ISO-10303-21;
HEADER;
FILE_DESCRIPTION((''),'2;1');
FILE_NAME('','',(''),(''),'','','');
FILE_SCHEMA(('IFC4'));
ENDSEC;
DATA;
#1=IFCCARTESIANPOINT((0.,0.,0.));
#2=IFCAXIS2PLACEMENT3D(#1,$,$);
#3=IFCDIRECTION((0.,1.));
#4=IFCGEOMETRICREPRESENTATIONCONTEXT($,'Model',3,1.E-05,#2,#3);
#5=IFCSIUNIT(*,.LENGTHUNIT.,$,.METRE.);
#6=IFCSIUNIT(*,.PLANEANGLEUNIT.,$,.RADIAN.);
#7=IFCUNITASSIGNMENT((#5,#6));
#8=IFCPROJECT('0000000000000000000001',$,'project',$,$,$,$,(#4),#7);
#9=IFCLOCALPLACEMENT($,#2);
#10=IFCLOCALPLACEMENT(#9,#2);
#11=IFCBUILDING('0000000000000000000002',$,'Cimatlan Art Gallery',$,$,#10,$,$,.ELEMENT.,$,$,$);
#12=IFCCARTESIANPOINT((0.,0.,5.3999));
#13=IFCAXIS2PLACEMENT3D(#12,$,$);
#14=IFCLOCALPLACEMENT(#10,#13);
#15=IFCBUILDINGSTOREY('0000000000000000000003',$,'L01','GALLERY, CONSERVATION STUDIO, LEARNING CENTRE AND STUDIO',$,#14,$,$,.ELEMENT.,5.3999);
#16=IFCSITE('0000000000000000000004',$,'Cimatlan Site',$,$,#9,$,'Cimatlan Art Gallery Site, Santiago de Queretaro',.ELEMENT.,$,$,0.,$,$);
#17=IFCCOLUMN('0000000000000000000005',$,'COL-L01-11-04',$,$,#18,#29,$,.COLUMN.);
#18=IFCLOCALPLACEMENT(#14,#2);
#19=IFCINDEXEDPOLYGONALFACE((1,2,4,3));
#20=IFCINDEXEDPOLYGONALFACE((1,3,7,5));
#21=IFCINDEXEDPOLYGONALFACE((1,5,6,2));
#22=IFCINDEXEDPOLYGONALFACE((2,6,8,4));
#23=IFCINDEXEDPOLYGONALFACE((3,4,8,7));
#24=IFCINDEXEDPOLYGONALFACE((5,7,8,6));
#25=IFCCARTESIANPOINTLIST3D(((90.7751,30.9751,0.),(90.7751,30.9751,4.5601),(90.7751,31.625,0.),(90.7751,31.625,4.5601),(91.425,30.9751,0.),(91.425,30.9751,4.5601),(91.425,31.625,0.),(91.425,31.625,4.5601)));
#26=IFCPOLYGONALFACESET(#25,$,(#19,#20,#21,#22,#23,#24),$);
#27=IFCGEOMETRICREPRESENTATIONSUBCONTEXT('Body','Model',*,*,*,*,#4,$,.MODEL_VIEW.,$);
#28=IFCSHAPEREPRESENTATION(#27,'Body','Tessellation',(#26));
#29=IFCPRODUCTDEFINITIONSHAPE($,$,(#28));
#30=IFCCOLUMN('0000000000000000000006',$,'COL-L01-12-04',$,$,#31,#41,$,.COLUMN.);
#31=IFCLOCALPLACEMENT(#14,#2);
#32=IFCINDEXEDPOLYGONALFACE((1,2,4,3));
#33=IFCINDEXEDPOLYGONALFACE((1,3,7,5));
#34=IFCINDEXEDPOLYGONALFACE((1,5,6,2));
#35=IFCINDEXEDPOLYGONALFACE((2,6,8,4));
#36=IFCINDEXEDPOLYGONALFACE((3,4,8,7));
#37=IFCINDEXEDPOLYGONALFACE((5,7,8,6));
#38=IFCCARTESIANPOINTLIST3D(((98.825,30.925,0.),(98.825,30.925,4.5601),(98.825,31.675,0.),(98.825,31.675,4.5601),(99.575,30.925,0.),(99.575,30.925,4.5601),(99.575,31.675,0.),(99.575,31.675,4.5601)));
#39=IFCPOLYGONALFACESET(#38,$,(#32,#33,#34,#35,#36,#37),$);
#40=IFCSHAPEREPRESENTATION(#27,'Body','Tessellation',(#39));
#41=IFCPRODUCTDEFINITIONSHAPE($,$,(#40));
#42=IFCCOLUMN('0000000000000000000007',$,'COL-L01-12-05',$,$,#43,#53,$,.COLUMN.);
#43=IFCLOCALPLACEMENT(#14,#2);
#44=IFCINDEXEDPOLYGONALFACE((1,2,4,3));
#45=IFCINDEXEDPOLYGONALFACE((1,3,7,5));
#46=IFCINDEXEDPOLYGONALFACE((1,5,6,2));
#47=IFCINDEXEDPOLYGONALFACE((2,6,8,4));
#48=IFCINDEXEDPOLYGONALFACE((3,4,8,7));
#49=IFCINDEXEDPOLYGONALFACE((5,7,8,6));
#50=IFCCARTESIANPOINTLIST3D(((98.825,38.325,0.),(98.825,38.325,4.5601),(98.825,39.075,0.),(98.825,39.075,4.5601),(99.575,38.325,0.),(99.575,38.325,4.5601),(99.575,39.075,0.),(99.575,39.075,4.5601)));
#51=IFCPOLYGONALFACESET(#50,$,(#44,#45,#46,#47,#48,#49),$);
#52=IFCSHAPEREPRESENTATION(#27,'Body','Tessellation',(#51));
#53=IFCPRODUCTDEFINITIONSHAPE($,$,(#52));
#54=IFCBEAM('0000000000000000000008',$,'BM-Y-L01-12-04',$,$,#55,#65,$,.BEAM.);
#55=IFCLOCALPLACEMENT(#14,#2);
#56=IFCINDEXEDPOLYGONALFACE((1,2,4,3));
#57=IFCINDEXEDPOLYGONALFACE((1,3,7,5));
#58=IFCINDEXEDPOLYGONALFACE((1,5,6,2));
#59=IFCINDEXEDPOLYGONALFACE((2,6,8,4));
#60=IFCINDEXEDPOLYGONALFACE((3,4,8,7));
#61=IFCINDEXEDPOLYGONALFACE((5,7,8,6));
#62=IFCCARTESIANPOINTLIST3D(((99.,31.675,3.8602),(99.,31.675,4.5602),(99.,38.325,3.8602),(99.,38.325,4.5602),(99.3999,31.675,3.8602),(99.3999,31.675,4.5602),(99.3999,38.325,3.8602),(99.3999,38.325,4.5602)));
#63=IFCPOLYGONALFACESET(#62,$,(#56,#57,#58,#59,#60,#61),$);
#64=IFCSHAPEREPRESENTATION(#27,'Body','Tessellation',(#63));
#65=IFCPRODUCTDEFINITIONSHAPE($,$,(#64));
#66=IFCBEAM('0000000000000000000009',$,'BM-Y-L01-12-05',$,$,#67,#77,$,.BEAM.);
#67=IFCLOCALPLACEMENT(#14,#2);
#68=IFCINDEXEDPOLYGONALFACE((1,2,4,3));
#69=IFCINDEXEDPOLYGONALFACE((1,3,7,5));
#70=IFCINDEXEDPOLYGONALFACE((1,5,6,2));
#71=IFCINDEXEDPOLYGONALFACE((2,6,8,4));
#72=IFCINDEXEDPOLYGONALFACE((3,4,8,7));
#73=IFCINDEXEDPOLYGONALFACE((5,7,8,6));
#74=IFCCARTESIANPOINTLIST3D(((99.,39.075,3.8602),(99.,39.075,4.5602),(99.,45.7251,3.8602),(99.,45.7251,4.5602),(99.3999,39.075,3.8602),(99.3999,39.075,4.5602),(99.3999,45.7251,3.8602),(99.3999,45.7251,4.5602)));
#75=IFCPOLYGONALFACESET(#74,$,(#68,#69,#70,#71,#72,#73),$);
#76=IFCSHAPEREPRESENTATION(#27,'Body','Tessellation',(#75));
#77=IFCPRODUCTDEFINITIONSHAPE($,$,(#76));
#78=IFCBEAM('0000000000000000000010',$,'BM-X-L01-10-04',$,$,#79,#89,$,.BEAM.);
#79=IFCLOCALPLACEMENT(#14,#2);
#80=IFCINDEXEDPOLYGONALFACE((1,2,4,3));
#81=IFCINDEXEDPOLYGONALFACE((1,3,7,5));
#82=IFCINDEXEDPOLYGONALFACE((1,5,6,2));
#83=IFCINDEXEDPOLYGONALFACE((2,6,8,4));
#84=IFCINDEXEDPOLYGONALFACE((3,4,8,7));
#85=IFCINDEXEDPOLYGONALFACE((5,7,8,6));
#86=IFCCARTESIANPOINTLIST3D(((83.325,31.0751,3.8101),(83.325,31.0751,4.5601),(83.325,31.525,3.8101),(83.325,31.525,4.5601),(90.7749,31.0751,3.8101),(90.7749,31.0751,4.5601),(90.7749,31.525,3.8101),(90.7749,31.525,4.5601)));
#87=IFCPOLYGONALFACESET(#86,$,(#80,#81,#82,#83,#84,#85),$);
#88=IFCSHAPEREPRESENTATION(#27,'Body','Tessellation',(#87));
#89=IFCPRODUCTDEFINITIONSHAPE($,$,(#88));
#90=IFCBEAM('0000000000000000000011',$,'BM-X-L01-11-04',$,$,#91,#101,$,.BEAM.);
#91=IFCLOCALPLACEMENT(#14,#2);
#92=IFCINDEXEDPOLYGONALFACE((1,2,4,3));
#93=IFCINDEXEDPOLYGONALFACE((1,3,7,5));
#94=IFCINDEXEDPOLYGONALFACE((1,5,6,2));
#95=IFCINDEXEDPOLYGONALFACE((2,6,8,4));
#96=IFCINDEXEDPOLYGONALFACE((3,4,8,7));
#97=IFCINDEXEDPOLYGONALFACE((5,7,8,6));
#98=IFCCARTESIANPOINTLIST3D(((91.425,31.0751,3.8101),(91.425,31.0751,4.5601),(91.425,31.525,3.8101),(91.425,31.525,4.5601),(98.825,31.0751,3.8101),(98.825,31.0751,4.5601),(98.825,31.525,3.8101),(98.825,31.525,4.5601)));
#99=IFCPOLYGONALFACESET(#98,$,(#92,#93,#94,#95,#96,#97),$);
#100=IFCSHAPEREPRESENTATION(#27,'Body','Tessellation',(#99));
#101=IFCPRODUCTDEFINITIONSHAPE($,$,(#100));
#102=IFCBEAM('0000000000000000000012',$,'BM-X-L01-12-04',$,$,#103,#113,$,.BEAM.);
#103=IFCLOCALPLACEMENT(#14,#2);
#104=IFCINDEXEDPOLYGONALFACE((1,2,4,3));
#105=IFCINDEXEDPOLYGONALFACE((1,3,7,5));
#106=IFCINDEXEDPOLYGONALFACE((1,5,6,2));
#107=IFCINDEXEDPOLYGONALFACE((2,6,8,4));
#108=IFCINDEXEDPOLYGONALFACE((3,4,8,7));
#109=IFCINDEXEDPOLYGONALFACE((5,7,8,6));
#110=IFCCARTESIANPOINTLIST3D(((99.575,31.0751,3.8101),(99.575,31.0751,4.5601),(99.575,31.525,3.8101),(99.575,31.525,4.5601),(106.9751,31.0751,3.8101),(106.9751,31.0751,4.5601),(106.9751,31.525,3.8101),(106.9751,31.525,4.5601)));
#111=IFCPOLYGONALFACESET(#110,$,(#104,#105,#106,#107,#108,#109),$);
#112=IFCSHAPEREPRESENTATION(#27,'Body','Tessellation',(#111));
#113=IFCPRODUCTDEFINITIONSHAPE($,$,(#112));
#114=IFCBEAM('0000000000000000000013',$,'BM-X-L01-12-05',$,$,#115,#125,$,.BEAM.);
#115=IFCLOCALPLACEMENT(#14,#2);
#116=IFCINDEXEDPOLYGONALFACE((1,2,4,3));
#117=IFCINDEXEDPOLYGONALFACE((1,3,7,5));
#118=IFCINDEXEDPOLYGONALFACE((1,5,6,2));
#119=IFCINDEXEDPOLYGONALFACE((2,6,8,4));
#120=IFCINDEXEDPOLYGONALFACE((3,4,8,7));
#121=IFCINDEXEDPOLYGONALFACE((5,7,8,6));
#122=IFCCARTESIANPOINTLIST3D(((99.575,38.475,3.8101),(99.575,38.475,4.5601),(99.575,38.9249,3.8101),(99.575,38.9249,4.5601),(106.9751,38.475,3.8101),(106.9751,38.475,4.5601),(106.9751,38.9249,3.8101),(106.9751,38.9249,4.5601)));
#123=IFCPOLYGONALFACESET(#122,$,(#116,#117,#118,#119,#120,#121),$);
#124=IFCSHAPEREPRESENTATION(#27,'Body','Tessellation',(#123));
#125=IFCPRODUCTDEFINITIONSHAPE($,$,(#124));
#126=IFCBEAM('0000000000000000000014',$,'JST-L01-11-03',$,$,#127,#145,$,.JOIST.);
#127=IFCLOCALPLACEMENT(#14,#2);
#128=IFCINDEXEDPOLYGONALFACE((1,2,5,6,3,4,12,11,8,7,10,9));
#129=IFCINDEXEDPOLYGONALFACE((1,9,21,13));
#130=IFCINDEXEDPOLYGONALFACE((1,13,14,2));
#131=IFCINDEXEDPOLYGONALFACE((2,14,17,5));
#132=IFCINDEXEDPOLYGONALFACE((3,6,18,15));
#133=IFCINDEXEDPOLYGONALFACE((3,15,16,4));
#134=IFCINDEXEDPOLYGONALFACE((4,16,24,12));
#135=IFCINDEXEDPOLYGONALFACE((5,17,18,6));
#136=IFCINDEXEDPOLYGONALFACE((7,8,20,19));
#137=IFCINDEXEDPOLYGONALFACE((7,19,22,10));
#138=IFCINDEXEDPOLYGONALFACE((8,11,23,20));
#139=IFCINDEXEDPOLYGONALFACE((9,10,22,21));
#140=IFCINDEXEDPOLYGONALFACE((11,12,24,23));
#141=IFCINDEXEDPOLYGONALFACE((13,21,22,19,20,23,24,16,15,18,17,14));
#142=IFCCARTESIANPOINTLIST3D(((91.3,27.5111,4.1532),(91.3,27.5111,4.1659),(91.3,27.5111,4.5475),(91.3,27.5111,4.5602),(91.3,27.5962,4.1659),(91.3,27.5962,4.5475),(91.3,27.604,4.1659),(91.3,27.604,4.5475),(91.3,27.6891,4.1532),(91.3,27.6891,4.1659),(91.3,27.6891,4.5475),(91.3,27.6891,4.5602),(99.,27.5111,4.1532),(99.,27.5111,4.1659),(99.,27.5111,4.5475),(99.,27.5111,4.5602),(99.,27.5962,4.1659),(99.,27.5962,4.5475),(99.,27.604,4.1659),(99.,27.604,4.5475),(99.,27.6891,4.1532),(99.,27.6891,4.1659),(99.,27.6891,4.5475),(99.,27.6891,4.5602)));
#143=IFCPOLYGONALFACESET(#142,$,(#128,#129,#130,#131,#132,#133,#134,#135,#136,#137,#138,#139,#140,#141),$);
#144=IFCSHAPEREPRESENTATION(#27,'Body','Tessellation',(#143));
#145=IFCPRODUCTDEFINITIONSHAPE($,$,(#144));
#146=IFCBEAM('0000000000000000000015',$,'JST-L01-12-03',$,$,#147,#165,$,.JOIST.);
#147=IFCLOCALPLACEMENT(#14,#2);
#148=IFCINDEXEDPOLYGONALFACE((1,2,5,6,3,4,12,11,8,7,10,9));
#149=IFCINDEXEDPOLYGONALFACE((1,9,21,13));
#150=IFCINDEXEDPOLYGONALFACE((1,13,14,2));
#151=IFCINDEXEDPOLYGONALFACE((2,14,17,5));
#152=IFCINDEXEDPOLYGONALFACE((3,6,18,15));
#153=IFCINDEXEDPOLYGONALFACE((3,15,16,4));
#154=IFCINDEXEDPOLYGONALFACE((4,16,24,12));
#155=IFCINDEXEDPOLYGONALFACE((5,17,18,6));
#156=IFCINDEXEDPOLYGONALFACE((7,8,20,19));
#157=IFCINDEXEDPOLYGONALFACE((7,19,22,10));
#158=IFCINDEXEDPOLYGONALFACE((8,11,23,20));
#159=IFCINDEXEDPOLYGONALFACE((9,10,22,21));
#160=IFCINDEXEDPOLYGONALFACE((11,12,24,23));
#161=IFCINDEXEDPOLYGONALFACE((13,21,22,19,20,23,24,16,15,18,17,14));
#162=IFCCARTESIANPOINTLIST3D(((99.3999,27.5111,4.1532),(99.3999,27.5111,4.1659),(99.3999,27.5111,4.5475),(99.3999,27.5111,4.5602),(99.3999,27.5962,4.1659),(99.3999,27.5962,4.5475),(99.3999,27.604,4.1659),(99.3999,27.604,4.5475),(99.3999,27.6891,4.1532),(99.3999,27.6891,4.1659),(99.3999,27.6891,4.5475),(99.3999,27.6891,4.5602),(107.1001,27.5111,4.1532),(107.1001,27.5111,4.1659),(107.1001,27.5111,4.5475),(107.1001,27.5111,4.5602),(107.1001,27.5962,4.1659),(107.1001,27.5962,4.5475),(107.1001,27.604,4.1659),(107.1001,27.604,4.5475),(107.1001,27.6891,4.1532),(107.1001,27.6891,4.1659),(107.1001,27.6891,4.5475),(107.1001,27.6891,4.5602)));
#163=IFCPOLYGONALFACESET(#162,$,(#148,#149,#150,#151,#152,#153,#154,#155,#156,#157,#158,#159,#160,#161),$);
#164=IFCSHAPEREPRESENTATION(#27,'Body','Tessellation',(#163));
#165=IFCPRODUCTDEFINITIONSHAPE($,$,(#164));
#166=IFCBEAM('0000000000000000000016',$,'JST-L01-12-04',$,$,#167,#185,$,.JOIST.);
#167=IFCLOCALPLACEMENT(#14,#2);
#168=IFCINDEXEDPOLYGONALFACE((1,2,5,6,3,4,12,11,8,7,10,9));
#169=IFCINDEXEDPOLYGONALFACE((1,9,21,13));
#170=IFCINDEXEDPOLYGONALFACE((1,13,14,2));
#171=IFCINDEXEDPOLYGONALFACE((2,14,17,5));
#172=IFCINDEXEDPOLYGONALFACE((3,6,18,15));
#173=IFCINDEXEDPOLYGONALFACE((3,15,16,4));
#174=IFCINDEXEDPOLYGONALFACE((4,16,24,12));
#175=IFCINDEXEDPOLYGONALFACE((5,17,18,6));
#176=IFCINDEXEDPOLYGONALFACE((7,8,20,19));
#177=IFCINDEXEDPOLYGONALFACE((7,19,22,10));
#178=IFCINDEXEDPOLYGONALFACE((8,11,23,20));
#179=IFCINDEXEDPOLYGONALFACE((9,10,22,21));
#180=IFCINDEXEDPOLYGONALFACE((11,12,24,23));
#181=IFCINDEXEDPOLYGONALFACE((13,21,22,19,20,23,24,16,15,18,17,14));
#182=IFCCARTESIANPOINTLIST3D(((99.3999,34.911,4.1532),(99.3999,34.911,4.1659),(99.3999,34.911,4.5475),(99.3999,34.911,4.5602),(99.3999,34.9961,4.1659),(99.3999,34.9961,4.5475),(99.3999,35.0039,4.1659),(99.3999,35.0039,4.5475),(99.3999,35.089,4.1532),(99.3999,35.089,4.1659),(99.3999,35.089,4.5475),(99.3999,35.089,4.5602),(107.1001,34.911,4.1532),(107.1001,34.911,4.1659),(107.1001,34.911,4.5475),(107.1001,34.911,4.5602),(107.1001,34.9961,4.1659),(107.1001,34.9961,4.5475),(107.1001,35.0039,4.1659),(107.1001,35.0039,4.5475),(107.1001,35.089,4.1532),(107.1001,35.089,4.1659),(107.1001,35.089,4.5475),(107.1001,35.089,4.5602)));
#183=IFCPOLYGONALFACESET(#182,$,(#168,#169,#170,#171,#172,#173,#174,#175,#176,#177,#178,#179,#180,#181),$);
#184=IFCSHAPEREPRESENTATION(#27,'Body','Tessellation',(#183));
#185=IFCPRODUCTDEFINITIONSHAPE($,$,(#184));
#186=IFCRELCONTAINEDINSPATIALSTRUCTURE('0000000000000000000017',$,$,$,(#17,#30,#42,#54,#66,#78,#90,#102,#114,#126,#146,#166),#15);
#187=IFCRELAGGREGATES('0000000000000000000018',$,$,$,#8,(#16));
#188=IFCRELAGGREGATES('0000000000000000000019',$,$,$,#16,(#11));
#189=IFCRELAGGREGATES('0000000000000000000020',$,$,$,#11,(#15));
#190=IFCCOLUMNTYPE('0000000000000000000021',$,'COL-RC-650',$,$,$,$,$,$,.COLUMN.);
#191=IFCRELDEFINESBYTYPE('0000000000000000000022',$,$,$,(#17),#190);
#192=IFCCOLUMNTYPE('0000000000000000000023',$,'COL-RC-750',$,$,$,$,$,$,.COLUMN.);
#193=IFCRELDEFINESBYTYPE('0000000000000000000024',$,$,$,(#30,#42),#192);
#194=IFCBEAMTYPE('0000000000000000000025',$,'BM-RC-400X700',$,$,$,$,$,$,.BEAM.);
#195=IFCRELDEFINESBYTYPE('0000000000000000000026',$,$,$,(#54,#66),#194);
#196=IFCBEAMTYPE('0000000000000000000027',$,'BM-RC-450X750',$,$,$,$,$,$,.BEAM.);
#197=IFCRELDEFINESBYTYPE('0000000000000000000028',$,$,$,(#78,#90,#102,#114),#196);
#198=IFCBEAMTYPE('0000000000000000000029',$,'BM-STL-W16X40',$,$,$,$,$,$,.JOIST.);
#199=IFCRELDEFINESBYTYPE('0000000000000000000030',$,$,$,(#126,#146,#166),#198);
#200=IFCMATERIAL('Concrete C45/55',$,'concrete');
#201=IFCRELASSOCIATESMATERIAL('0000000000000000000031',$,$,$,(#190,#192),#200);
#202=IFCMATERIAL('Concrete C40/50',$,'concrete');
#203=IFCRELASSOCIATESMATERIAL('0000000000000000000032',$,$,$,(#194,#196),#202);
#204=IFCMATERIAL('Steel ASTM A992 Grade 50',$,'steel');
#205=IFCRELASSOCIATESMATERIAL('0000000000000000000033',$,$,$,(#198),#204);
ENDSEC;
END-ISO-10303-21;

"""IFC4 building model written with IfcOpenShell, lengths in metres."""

from ifc_helpers import new_model, si_unit, direction, frame, origin, origin_2d, place, context, subcontext, project, spatial, rectangle, i_section, extrude, material, material_profile, profile_set, type_object, element, save


model = new_model("IFC4")

# Units and contexts
model_context = context("Model", 3, precision=1e-05, world=origin(), true_north=direction((0.0, 1.0)))
body_context = subcontext(model_context, "Body", "Model", "MODEL_VIEW")
ifc_project = project(units=[si_unit("LENGTHUNIT", "METRE"), si_unit("PLANEANGLEUNIT", "RADIAN")], contexts=[model_context])

# Site, building, storey
site_placement = place(None, origin())
site = spatial("IfcSite", under=ifc_project, at=site_placement, Name="Cimatlan Site", LongName="Cimatlan Art Gallery Site, Santiago de Queretaro", CompositionType="ELEMENT", RefElevation=0.0)
building_placement = place(site_placement, origin())
building = spatial("IfcBuilding", under=site, at=building_placement, Name="Cimatlan Art Gallery", CompositionType="ELEMENT")
storey_placement = place(building_placement, frame((0.0, 0.0, 5.3999)))
storey = spatial("IfcBuildingStorey", under=building, at=storey_placement, Name="L01", Description="GALLERY, CONSERVATION STUDIO, LEARNING CENTRE AND STUDIO", CompositionType="ELEMENT", Elevation=5.3999)

# Columns
ifc_material_1 = material(Name="Concrete C45/55", Category="concrete")
ifc_material_profile_1 = material_profile(ifc_material_1, rectangle(XDim=0.6499, YDim=0.6499, at=origin_2d()), Name="RC650X650")
ifc_profile_set_1 = profile_set([ifc_material_profile_1], Name="Concrete C45/55")
column_type_1 = type_object("IfcColumnType", Name="COL-RC-650", PredefinedType="COLUMN", material=ifc_profile_set_1)
column_placement = place(storey_placement, frame((91.1001, 31.3, 0.0), z_axis=(0.0, 0.0, 1.0), x_axis=(1.0, 0.0, 0.0)))
element("IfcColumn", 1, at=column_placement, inside=storey, type_object=column_type_1, Name="COL-L01-11-04", PredefinedType="COLUMN", context=body_context, shape_type="SweptSolid", body=[
    extrude(rectangle(XDim=0.6499, YDim=0.6499, at=origin_2d()), origin(), (0.0, 0.0, 1.0), 4.5601),
])
ifc_material_profile_2 = material_profile(ifc_material_1, rectangle(XDim=0.75, YDim=0.75, at=origin_2d()), Name="RC750X750")
ifc_profile_set_2 = profile_set([ifc_material_profile_2], Name="Concrete C45/55")
column_type_2 = type_object("IfcColumnType", Name="COL-RC-750", PredefinedType="COLUMN", material=ifc_profile_set_2)
for number, where, z_axis, x_axis, name in (
    (2, (99.2, 31.3, 0.0), (0.0, 0.0, 1.0), (1.0, 0.0, 0.0), "COL-L01-12-04"),
    (3, (99.2, 38.7, 0.0), (0.0, 0.0, 1.0), (1.0, 0.0, 0.0), "COL-L01-12-05"),
):
    element("IfcColumn", number, at=place(storey_placement, frame(where, z_axis=z_axis, x_axis=x_axis)), inside=storey, type_object=column_type_2, Name=name, PredefinedType="COLUMN", context=body_context, shape_type="SweptSolid", body=[
        extrude(rectangle(XDim=0.75, YDim=0.75, at=origin_2d()), origin(), (0.0, 0.0, 1.0), 4.5601),
    ])

# Beams
ifc_material_2 = material(Name="Concrete C40/50", Category="concrete")
ifc_material_profile_3 = material_profile(ifc_material_2, rectangle(XDim=0.3999, YDim=0.7, at=origin_2d()), Name="RC400X700")
ifc_profile_set_3 = profile_set([ifc_material_profile_3], Name="Concrete C40/50")
beam_type_1 = type_object("IfcBeamType", Name="BM-RC-400X700", PredefinedType="BEAM", material=ifc_profile_set_3)
beam_1_placement = place(storey_placement, frame((99.2, 31.675, 4.2102), z_axis=(0.0, 1.0, 0.0), x_axis=(-1.0, 0.0, 0.0)))
element("IfcBeam", 4, at=beam_1_placement, inside=storey, type_object=beam_type_1, Name="BM-Y-L01-12-04", PredefinedType="BEAM", context=body_context, shape_type="SweptSolid", body=[
    extrude(rectangle(XDim=0.3999, YDim=0.7, at=origin_2d()), origin(), (0.0, 0.0, 1.0), 6.6499),
])
beam_2_placement = place(storey_placement, frame((99.2, 39.075, 4.2102), z_axis=(0.0, 1.0, 0.0), x_axis=(-1.0, 0.0, 0.0)))
element("IfcBeam", 5, at=beam_2_placement, inside=storey, type_object=beam_type_1, Name="BM-Y-L01-12-05", PredefinedType="BEAM", context=body_context, shape_type="SweptSolid", body=[
    extrude(rectangle(XDim=0.3999, YDim=0.7, at=origin_2d()), origin(), (0.0, 0.0, 1.0), 6.6501),
])
ifc_material_profile_4 = material_profile(ifc_material_2, rectangle(XDim=0.45, YDim=0.75, at=origin_2d()), Name="RC450X750")
ifc_profile_set_4 = profile_set([ifc_material_profile_4], Name="Concrete C40/50")
beam_type_2 = type_object("IfcBeamType", Name="BM-RC-450X750", PredefinedType="BEAM", material=ifc_profile_set_4)
beam_3_placement = place(storey_placement, frame((83.325, 31.3, 4.1851), z_axis=(1.0, 0.0, 0.0), x_axis=(0.0, 1.0, 0.0)))
element("IfcBeam", 6, at=beam_3_placement, inside=storey, type_object=beam_type_2, Name="BM-X-L01-10-04", PredefinedType="BEAM", context=body_context, shape_type="SweptSolid", body=[
    extrude(rectangle(XDim=0.45, YDim=0.75, at=origin_2d()), origin(), (0.0, 0.0, 1.0), 7.45),
])
beam_4_placement = place(storey_placement, frame((91.425, 31.3, 4.1851), z_axis=(1.0, 0.0, 0.0), x_axis=(0.0, 1.0, 0.0)))
element("IfcBeam", 7, at=beam_4_placement, inside=storey, type_object=beam_type_2, Name="BM-X-L01-11-04", PredefinedType="BEAM", context=body_context, shape_type="SweptSolid", body=[
    extrude(rectangle(XDim=0.45, YDim=0.75, at=origin_2d()), origin(), (0.0, 0.0, 1.0), 7.3999),
])
for number, where, z_axis, x_axis, name in (
    (8, (99.575, 31.3, 4.1851), (1.0, 0.0, 0.0), (0.0, 1.0, 0.0), "BM-X-L01-12-04"),
    (9, (99.575, 38.7, 4.1851), (1.0, 0.0, 0.0), (0.0, 1.0, 0.0), "BM-X-L01-12-05"),
):
    element("IfcBeam", number, at=place(storey_placement, frame(where, z_axis=z_axis, x_axis=x_axis)), inside=storey, type_object=beam_type_2, Name=name, PredefinedType="BEAM", context=body_context, shape_type="SweptSolid", body=[
        extrude(rectangle(XDim=0.45, YDim=0.75, at=origin_2d()), origin(), (0.0, 0.0, 1.0), 7.4001),
    ])
ifc_material_3 = material(Name="Steel ASTM A992 Grade 50", Category="steel")
ifc_material_profile_5 = material_profile(ifc_material_3, i_section(OverallWidth=0.178, OverallDepth=0.407, WebThickness=0.0078, FlangeThickness=0.0127, at=origin_2d()), Name="W16X40")
ifc_profile_set_5 = profile_set([ifc_material_profile_5], Name="Steel ASTM A992 Grade 50")
beam_type_3 = type_object("IfcBeamType", Name="BM-STL-W16X40", PredefinedType="JOIST", material=ifc_profile_set_5)
beam_5_placement = place(storey_placement, frame((91.3, 27.6001, 4.3567), z_axis=(1.0, 0.0, 0.0), x_axis=(0.0, 1.0, 0.0)))
element("IfcBeam", 10, at=beam_5_placement, inside=storey, type_object=beam_type_3, Name="JST-L01-11-03", PredefinedType="JOIST", context=body_context, shape_type="SweptSolid", body=[
    extrude(i_section(OverallWidth=0.178, OverallDepth=0.407, WebThickness=0.0078, FlangeThickness=0.0127, at=origin_2d()), origin(), (0.0, 0.0, 1.0), 7.7),
])
for number, where, z_axis, x_axis, name in (
    (11, (99.3999, 27.6001, 4.3567), (1.0, 0.0, 0.0), (0.0, 1.0, 0.0), "JST-L01-12-03"),
    (12, (99.3999, 35.0, 4.3567), (1.0, 0.0, 0.0), (0.0, 1.0, 0.0), "JST-L01-12-04"),
):
    element("IfcBeam", number, at=place(storey_placement, frame(where, z_axis=z_axis, x_axis=x_axis)), inside=storey, type_object=beam_type_3, Name=name, PredefinedType="JOIST", context=body_context, shape_type="SweptSolid", body=[
        extrude(i_section(OverallWidth=0.178, OverallDepth=0.407, WebThickness=0.0078, FlangeThickness=0.0127, at=origin_2d()), origin(), (0.0, 0.0, 1.0), 7.7002),
    ])

save(model, "model.ifc")
